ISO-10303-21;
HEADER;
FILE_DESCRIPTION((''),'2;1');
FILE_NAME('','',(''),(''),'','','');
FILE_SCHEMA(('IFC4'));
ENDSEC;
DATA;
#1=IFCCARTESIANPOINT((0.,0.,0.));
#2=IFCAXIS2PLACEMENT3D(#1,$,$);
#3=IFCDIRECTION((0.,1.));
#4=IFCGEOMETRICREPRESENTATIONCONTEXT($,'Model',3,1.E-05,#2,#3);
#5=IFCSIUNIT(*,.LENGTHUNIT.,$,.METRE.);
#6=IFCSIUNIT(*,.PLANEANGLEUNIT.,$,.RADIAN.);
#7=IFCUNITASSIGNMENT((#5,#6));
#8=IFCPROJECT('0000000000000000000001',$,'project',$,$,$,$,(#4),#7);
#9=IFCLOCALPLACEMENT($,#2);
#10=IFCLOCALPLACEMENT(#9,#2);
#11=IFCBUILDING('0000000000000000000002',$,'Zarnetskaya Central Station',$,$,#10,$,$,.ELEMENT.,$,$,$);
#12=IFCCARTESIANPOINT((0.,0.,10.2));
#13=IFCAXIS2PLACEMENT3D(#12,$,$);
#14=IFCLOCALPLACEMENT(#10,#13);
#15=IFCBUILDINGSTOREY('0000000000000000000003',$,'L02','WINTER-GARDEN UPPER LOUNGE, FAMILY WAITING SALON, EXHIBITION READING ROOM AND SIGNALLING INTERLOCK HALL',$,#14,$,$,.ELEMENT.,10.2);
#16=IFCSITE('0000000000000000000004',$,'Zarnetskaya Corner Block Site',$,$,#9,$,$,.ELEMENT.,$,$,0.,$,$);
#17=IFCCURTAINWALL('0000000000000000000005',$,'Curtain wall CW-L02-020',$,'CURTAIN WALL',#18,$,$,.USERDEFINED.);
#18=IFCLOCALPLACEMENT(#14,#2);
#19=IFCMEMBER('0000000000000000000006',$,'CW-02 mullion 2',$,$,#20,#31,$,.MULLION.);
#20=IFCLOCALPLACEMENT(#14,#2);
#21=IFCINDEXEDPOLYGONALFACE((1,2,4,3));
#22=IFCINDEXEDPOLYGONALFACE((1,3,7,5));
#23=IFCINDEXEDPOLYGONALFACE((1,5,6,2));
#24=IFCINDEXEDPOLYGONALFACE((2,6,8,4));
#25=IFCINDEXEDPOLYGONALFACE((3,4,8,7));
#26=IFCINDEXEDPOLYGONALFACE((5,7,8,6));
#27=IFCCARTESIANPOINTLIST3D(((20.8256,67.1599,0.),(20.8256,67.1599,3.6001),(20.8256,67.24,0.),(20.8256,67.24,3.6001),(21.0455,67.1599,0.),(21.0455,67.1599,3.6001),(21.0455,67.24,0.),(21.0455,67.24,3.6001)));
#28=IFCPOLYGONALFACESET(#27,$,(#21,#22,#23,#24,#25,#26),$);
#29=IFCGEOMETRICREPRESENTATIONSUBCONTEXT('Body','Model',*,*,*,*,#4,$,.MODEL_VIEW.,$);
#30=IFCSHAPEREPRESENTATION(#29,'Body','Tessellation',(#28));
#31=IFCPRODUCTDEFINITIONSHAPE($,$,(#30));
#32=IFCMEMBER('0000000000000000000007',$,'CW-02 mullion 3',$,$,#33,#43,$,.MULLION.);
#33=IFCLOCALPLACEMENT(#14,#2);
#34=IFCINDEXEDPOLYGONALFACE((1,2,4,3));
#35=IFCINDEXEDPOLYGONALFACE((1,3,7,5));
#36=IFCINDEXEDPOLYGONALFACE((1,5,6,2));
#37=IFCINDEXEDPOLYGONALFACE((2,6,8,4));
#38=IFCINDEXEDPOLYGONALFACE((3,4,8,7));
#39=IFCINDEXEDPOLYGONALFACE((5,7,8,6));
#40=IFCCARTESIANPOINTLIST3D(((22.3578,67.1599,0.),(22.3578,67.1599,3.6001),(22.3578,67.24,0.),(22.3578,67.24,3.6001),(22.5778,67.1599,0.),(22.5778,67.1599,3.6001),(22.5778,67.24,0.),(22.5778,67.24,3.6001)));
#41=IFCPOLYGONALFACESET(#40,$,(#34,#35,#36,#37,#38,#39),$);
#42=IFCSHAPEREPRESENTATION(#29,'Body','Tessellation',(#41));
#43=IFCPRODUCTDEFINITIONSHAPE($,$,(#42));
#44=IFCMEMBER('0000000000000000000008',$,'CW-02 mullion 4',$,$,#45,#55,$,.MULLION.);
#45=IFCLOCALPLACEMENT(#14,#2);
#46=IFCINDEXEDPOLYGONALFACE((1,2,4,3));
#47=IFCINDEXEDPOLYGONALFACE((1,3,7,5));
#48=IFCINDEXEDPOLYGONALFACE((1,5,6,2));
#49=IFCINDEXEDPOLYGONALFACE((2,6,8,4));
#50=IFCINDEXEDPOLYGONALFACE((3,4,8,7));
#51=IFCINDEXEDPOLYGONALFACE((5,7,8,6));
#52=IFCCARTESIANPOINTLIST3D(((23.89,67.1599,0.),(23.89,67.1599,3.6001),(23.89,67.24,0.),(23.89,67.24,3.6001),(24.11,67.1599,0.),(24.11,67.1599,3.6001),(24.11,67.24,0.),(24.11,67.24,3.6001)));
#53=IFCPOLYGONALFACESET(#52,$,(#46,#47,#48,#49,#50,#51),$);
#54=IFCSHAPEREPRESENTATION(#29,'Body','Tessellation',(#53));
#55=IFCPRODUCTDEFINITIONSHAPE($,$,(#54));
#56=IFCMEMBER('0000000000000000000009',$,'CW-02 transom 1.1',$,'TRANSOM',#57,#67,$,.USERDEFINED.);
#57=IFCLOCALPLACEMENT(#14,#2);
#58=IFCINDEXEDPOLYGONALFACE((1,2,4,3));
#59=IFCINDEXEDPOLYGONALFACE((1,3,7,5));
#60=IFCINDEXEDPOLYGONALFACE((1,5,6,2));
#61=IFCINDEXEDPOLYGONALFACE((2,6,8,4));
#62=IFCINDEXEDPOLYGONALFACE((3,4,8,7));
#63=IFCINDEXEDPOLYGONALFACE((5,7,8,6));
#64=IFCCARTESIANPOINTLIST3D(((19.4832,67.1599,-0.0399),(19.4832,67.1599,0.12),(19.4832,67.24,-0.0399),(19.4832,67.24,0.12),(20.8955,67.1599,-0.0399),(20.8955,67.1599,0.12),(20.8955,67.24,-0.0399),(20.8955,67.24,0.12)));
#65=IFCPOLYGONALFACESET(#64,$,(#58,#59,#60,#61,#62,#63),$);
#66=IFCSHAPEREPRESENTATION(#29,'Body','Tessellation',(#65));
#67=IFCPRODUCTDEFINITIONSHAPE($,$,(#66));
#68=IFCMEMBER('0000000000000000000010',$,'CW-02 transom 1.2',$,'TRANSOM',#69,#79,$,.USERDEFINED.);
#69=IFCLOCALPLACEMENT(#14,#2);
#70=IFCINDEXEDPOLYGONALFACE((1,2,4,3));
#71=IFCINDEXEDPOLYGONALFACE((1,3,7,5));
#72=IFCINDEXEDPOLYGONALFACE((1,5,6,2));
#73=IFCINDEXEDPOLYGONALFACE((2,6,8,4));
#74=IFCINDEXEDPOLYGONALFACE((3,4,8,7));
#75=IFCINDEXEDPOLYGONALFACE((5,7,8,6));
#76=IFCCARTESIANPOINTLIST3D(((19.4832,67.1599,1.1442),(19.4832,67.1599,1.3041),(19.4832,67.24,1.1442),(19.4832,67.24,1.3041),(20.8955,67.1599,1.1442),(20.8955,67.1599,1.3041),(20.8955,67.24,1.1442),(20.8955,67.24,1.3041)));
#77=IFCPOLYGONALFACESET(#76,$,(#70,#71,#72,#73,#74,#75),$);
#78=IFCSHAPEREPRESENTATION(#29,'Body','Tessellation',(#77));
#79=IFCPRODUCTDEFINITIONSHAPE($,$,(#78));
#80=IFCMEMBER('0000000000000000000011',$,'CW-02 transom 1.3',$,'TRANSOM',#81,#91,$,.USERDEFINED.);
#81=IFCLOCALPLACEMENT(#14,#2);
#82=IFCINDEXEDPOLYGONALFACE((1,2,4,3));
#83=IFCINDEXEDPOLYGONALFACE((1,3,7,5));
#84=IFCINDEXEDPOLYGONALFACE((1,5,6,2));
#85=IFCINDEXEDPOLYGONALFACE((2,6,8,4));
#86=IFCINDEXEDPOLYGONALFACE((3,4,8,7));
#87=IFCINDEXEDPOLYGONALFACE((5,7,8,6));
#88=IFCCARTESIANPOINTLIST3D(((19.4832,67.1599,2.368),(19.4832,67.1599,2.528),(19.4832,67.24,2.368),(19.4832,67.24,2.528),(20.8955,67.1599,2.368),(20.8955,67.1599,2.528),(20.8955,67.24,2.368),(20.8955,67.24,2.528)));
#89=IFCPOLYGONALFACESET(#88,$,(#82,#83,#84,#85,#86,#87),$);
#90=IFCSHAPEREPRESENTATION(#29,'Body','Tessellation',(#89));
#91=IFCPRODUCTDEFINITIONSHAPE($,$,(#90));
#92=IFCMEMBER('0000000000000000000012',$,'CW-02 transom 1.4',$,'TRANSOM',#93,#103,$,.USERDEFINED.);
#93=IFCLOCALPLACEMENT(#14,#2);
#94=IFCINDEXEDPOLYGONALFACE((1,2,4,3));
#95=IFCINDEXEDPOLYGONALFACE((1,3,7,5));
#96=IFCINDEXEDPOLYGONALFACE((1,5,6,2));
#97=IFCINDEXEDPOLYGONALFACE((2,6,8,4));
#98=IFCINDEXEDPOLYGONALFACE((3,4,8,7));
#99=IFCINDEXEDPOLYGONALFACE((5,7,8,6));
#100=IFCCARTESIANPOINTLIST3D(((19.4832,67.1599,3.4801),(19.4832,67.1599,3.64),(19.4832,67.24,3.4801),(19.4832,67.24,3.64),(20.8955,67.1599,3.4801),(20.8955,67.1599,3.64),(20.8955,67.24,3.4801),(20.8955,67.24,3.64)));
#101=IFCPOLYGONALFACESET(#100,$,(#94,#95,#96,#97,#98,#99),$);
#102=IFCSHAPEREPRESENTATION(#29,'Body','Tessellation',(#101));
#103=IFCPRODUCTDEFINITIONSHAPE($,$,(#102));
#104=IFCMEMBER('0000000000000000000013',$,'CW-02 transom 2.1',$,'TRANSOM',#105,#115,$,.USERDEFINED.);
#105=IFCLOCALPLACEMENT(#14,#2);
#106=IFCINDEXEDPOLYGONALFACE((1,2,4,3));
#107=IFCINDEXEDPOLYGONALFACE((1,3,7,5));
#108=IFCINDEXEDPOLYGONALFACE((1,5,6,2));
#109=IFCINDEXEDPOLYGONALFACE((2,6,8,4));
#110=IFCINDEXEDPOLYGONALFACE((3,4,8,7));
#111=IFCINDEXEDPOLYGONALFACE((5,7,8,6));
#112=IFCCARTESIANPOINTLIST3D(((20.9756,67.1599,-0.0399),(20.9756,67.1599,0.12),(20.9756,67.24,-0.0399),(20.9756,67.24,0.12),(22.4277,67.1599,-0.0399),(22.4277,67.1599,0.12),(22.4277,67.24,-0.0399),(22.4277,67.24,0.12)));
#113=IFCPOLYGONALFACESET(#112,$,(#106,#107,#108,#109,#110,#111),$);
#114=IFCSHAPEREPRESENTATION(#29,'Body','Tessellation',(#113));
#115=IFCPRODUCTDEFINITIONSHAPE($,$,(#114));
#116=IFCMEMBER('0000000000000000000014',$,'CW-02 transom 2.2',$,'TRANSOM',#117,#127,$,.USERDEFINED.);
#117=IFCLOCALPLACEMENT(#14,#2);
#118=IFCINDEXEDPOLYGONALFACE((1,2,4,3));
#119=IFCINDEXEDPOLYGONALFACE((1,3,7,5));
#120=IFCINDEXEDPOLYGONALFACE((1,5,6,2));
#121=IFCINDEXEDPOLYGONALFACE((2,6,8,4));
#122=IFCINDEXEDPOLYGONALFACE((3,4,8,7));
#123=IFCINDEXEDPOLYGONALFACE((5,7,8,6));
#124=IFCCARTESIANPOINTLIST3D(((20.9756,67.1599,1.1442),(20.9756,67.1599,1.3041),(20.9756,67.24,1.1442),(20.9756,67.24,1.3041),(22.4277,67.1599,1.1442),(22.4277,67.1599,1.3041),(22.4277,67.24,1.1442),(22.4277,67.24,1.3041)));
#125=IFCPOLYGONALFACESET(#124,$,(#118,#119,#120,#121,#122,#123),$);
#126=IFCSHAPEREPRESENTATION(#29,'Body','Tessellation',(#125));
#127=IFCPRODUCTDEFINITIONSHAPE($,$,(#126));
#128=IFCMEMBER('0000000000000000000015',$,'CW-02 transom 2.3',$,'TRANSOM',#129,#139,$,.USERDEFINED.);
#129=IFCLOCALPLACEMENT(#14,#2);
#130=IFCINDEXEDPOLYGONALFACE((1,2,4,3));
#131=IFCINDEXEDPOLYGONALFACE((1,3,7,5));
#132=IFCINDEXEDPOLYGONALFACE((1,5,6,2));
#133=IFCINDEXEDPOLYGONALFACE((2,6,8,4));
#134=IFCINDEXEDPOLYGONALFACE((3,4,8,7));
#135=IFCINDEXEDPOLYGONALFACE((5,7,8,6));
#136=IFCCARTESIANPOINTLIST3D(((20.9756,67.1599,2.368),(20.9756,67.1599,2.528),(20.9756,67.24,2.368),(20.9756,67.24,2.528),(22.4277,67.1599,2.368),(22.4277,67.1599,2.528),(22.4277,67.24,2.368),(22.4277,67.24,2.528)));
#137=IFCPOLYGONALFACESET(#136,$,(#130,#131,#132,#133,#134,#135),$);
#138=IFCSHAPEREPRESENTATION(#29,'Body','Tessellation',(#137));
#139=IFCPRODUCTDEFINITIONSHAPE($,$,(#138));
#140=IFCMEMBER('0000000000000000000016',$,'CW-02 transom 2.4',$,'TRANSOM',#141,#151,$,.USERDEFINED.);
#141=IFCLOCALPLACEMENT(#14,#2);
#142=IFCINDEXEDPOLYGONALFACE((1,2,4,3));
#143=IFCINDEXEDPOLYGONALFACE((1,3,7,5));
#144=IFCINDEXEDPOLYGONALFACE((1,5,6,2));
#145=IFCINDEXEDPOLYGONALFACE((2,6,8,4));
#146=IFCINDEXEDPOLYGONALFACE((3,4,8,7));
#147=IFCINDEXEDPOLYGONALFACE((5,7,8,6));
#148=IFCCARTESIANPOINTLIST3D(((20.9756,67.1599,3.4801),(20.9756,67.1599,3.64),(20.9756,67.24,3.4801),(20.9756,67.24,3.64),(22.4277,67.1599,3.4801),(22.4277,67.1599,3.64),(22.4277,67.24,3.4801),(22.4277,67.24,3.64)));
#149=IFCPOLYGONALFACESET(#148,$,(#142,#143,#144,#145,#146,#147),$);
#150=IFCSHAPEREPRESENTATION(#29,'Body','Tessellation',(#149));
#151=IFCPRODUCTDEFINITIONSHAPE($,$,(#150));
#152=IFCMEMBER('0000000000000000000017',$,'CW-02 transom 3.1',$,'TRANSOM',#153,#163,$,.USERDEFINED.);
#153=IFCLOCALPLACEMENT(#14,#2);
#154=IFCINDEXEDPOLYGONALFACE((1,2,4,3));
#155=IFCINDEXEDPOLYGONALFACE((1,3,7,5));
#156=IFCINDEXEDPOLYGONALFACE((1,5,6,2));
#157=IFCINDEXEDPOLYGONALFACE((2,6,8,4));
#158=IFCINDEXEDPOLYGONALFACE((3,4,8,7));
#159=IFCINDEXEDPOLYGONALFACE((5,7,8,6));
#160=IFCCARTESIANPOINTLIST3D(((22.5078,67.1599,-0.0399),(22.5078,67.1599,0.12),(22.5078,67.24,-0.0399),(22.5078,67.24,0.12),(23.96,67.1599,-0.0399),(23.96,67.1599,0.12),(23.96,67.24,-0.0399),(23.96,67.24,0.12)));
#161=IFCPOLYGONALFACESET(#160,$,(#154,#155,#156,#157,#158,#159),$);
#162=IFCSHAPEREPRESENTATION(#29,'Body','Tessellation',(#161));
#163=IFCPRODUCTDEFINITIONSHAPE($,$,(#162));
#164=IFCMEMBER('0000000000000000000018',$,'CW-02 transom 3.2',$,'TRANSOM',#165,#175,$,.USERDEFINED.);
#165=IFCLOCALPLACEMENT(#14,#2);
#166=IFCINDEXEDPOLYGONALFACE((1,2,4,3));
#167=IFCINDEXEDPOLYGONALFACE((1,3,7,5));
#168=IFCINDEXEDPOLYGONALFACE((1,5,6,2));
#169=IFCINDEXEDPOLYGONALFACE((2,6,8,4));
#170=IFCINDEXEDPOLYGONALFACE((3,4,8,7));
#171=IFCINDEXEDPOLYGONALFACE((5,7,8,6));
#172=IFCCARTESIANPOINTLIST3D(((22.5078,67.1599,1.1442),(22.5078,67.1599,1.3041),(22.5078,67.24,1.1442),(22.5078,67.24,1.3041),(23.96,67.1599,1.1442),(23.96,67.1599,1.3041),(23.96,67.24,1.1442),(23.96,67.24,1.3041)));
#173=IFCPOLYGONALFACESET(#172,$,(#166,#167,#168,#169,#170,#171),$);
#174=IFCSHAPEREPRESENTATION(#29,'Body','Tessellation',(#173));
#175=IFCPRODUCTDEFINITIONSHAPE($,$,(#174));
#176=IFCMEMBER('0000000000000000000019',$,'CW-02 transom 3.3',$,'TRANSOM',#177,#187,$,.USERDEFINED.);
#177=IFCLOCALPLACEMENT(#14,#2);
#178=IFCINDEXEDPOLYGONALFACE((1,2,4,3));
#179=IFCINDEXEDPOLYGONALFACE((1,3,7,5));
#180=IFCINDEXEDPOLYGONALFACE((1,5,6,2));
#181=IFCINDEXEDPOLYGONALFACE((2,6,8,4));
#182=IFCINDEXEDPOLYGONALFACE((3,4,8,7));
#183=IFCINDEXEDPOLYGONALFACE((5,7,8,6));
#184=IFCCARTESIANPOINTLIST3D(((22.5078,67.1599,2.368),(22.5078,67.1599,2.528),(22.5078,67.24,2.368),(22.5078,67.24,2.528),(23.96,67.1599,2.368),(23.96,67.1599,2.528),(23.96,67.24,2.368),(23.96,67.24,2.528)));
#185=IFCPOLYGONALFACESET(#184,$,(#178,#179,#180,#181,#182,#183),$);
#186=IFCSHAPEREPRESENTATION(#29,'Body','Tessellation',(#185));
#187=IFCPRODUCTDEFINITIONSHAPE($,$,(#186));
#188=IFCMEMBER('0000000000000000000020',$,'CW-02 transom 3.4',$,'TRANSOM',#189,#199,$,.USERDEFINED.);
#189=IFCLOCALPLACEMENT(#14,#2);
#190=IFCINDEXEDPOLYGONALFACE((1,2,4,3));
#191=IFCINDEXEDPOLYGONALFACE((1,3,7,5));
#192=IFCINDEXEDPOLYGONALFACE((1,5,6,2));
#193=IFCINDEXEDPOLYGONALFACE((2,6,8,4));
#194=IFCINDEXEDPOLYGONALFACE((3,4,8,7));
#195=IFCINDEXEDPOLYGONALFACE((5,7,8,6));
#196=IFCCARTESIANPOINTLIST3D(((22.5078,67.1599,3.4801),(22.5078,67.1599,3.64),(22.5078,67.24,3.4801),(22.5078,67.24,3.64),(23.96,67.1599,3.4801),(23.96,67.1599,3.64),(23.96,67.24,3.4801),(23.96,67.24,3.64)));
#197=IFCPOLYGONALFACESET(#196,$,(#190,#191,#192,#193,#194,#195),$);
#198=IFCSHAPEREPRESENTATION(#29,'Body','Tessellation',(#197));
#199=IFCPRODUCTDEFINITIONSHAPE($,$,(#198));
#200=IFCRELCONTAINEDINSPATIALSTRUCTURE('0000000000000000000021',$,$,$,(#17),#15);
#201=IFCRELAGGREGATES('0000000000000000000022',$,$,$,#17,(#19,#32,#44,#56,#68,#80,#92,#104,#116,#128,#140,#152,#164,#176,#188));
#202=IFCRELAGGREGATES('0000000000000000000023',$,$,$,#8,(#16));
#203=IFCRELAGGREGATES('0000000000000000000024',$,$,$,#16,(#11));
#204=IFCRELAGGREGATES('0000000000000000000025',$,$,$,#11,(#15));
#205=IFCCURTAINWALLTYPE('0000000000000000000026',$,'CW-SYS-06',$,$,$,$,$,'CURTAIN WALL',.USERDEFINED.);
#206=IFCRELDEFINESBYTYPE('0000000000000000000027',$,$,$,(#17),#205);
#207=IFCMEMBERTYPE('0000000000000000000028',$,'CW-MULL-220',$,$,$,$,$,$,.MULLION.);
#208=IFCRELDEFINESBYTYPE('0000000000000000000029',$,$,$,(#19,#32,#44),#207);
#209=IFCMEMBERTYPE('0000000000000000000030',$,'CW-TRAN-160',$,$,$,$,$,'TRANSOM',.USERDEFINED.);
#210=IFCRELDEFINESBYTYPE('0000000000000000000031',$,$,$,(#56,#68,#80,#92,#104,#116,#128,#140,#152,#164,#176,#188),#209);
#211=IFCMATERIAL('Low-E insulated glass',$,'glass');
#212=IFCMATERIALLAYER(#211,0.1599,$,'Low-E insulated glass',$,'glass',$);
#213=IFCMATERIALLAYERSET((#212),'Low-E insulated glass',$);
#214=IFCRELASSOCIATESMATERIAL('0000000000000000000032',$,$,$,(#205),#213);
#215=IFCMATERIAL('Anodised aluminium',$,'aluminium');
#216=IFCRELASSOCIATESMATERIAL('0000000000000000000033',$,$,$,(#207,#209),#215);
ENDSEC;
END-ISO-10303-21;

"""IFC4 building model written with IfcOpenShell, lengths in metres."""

from ifc_helpers import new_model, si_unit, direction, frame, origin, origin_2d, place, context, subcontext, project, spatial, rectangle, extrude, material, layer, layer_set, material_profile, profile_set, type_object, element, aggregate, save


model = new_model("IFC4")

# Units and contexts
model_context = context("Model", 3, precision=1e-05, world=origin(), true_north=direction((0.0, 1.0)))
body_context = subcontext(model_context, "Body", "Model", "MODEL_VIEW")
ifc_project = project(units=[si_unit("LENGTHUNIT", "METRE"), si_unit("PLANEANGLEUNIT", "RADIAN")], contexts=[model_context])

# Site, building, storey
site_placement = place(None, origin())
site = spatial("IfcSite", under=ifc_project, at=site_placement, Name="Zarnetskaya Corner Block Site", CompositionType="ELEMENT", RefElevation=0.0)
building_placement = place(site_placement, origin())
building = spatial("IfcBuilding", under=site, at=building_placement, Name="Zarnetskaya Central Station", CompositionType="ELEMENT")
storey_placement = place(building_placement, frame((0.0, 0.0, 10.2)))
storey = spatial("IfcBuildingStorey", under=building, at=storey_placement, Name="L02", Description="WINTER-GARDEN UPPER LOUNGE, FAMILY WAITING SALON, EXHIBITION READING ROOM AND SIGNALLING INTERLOCK HALL", CompositionType="ELEMENT", Elevation=10.2)

# Curtain wall, members
ifc_material_1 = material(Name="Low-E insulated glass", Category="glass")
ifc_layer_1 = layer(ifc_material_1, 0.1599, Name="Low-E insulated glass", Category="glass")
ifc_layer_set_1 = layer_set([ifc_layer_1], Name="Low-E insulated glass")
curtain_wall_type = type_object("IfcCurtainWallType", Name="CW-SYS-06", ElementType="CURTAIN WALL", PredefinedType="USERDEFINED", material=ifc_layer_set_1)
curtain_wall_placement = place(storey_placement, origin())
curtain_wall = element("IfcCurtainWall", 1, at=curtain_wall_placement, inside=storey, type_object=curtain_wall_type, Name="Curtain wall CW-L02-020", ObjectType="CURTAIN WALL", PredefinedType="USERDEFINED")
ifc_material_2 = material(Name="Anodised aluminium", Category="aluminium")
ifc_material_profile_1 = material_profile(ifc_material_2, rectangle(XDim=0.0801, YDim=0.22, at=origin_2d()), Name="ALU MULL 80x220")
ifc_profile_set_1 = profile_set([ifc_material_profile_1], Name="Anodised aluminium")
member_type_1 = type_object("IfcMemberType", Name="CW-MULL-220", PredefinedType="MULLION", material=ifc_profile_set_1)
member_1_placement = place(storey_placement, frame((20.9355, 67.2, 0.0), z_axis=(0.0, 0.0, 1.0), x_axis=(0.0, 1.0, 0.0)))
member_1 = element("IfcMember", 2, at=member_1_placement, type_object=member_type_1, Name="CW-02 mullion 2", PredefinedType="MULLION", context=body_context, shape_type="SweptSolid", body=[
    extrude(rectangle(XDim=0.0801, YDim=0.22, at=origin_2d()), origin(), (0.0, 0.0, 1.0), 3.6001),
])
member_2_placement = place(storey_placement, frame((22.4678, 67.2, 0.0), z_axis=(0.0, 0.0, 1.0), x_axis=(0.0, 1.0, 0.0)))
member_2 = element("IfcMember", 3, at=member_2_placement, type_object=member_type_1, Name="CW-02 mullion 3", PredefinedType="MULLION", context=body_context, shape_type="SweptSolid", body=[
    extrude(rectangle(XDim=0.0801, YDim=0.22, at=origin_2d()), origin(), (0.0, 0.0, 1.0), 3.6001),
])
member_3_placement = place(storey_placement, frame((24.0, 67.2, 0.0), z_axis=(0.0, 0.0, 1.0), x_axis=(0.0, 1.0, 0.0)))
member_3 = element("IfcMember", 4, at=member_3_placement, type_object=member_type_1, Name="CW-02 mullion 4", PredefinedType="MULLION", context=body_context, shape_type="SweptSolid", body=[
    extrude(rectangle(XDim=0.0801, YDim=0.22, at=origin_2d()), origin(), (0.0, 0.0, 1.0), 3.6001),
])
ifc_material_profile_2 = material_profile(ifc_material_2, rectangle(XDim=0.0801, YDim=0.1599, at=origin_2d()), Name="ALU TRAN 80x160")
ifc_profile_set_2 = profile_set([ifc_material_profile_2], Name="Anodised aluminium")
member_type_2 = type_object("IfcMemberType", Name="CW-TRAN-160", ElementType="TRANSOM", PredefinedType="USERDEFINED", material=ifc_profile_set_2)
member_4_placement = place(storey_placement, frame((19.4832, 67.2, 0.04), z_axis=(1.0, 0.0, 0.0), x_axis=(0.0, 1.0, 0.0)))
member_4 = element("IfcMember", 5, at=member_4_placement, type_object=member_type_2, Name="CW-02 transom 1.1", ObjectType="TRANSOM", PredefinedType="USERDEFINED", context=body_context, shape_type="SweptSolid", body=[
    extrude(rectangle(XDim=0.0801, YDim=0.1599, at=origin_2d()), origin(), (0.0, 0.0, 1.0), 1.4124),
])
member_5_placement = place(storey_placement, frame((19.4832, 67.2, 1.2241), z_axis=(1.0, 0.0, 0.0), x_axis=(0.0, 1.0, 0.0)))
member_5 = element("IfcMember", 6, at=member_5_placement, type_object=member_type_2, Name="CW-02 transom 1.2", ObjectType="TRANSOM", PredefinedType="USERDEFINED", context=body_context, shape_type="SweptSolid", body=[
    extrude(rectangle(XDim=0.0801, YDim=0.1599, at=origin_2d()), origin(), (0.0, 0.0, 1.0), 1.4124),
])
member_6_placement = place(storey_placement, frame((19.4832, 67.2, 2.448), z_axis=(1.0, 0.0, 0.0), x_axis=(0.0, 1.0, 0.0)))
member_6 = element("IfcMember", 7, at=member_6_placement, type_object=member_type_2, Name="CW-02 transom 1.3", ObjectType="TRANSOM", PredefinedType="USERDEFINED", context=body_context, shape_type="SweptSolid", body=[
    extrude(rectangle(XDim=0.0801, YDim=0.1599, at=origin_2d()), origin(), (0.0, 0.0, 1.0), 1.4124),
])
member_7_placement = place(storey_placement, frame((19.4832, 67.2, 3.5601), z_axis=(1.0, 0.0, 0.0), x_axis=(0.0, 1.0, 0.0)))
member_7 = element("IfcMember", 8, at=member_7_placement, type_object=member_type_2, Name="CW-02 transom 1.4", ObjectType="TRANSOM", PredefinedType="USERDEFINED", context=body_context, shape_type="SweptSolid", body=[
    extrude(rectangle(XDim=0.0801, YDim=0.1599, at=origin_2d()), origin(), (0.0, 0.0, 1.0), 1.4124),
])
member_8_placement = place(storey_placement, frame((20.9756, 67.2, 0.04), z_axis=(1.0, 0.0, 0.0), x_axis=(0.0, 1.0, 0.0)))
member_8 = element("IfcMember", 9, at=member_8_placement, type_object=member_type_2, Name="CW-02 transom 2.1", ObjectType="TRANSOM", PredefinedType="USERDEFINED", context=body_context, shape_type="SweptSolid", body=[
    extrude(rectangle(XDim=0.0801, YDim=0.1599, at=origin_2d()), origin(), (0.0, 0.0, 1.0), 1.4521),
])
member_9_placement = place(storey_placement, frame((20.9756, 67.2, 1.2241), z_axis=(1.0, 0.0, 0.0), x_axis=(0.0, 1.0, 0.0)))
member_9 = element("IfcMember", 10, at=member_9_placement, type_object=member_type_2, Name="CW-02 transom 2.2", ObjectType="TRANSOM", PredefinedType="USERDEFINED", context=body_context, shape_type="SweptSolid", body=[
    extrude(rectangle(XDim=0.0801, YDim=0.1599, at=origin_2d()), origin(), (0.0, 0.0, 1.0), 1.4521),
])
member_10_placement = place(storey_placement, frame((20.9756, 67.2, 2.448), z_axis=(1.0, 0.0, 0.0), x_axis=(0.0, 1.0, 0.0)))
member_10 = element("IfcMember", 11, at=member_10_placement, type_object=member_type_2, Name="CW-02 transom 2.3", ObjectType="TRANSOM", PredefinedType="USERDEFINED", context=body_context, shape_type="SweptSolid", body=[
    extrude(rectangle(XDim=0.0801, YDim=0.1599, at=origin_2d()), origin(), (0.0, 0.0, 1.0), 1.4521),
])
member_11_placement = place(storey_placement, frame((20.9756, 67.2, 3.5601), z_axis=(1.0, 0.0, 0.0), x_axis=(0.0, 1.0, 0.0)))
member_11 = element("IfcMember", 12, at=member_11_placement, type_object=member_type_2, Name="CW-02 transom 2.4", ObjectType="TRANSOM", PredefinedType="USERDEFINED", context=body_context, shape_type="SweptSolid", body=[
    extrude(rectangle(XDim=0.0801, YDim=0.1599, at=origin_2d()), origin(), (0.0, 0.0, 1.0), 1.4521),
])
member_12_placement = place(storey_placement, frame((22.5078, 67.2, 0.04), z_axis=(1.0, 0.0, 0.0), x_axis=(0.0, 1.0, 0.0)))
member_12 = element("IfcMember", 13, at=member_12_placement, type_object=member_type_2, Name="CW-02 transom 3.1", ObjectType="TRANSOM", PredefinedType="USERDEFINED", context=body_context, shape_type="SweptSolid", body=[
    extrude(rectangle(XDim=0.0801, YDim=0.1599, at=origin_2d()), origin(), (0.0, 0.0, 1.0), 1.4521),
])
member_13_placement = place(storey_placement, frame((22.5078, 67.2, 1.2241), z_axis=(1.0, 0.0, 0.0), x_axis=(0.0, 1.0, 0.0)))
member_13 = element("IfcMember", 14, at=member_13_placement, type_object=member_type_2, Name="CW-02 transom 3.2", ObjectType="TRANSOM", PredefinedType="USERDEFINED", context=body_context, shape_type="SweptSolid", body=[
    extrude(rectangle(XDim=0.0801, YDim=0.1599, at=origin_2d()), origin(), (0.0, 0.0, 1.0), 1.4521),
])
member_14_placement = place(storey_placement, frame((22.5078, 67.2, 2.448), z_axis=(1.0, 0.0, 0.0), x_axis=(0.0, 1.0, 0.0)))
member_14 = element("IfcMember", 15, at=member_14_placement, type_object=member_type_2, Name="CW-02 transom 3.3", ObjectType="TRANSOM", PredefinedType="USERDEFINED", context=body_context, shape_type="SweptSolid", body=[
    extrude(rectangle(XDim=0.0801, YDim=0.1599, at=origin_2d()), origin(), (0.0, 0.0, 1.0), 1.4521),
])
member_15_placement = place(storey_placement, frame((22.5078, 67.2, 3.5601), z_axis=(1.0, 0.0, 0.0), x_axis=(0.0, 1.0, 0.0)))
member_15 = element("IfcMember", 16, at=member_15_placement, type_object=member_type_2, Name="CW-02 transom 3.4", ObjectType="TRANSOM", PredefinedType="USERDEFINED", context=body_context, shape_type="SweptSolid", body=[
    extrude(rectangle(XDim=0.0801, YDim=0.1599, at=origin_2d()), origin(), (0.0, 0.0, 1.0), 1.4521),
])
aggregate(curtain_wall, [member_1, member_2, member_3, member_4, member_5, member_6, member_7, member_8, member_9, member_10, member_11, member_12, member_13, member_14, member_15])

save(model, "model.ifc")
